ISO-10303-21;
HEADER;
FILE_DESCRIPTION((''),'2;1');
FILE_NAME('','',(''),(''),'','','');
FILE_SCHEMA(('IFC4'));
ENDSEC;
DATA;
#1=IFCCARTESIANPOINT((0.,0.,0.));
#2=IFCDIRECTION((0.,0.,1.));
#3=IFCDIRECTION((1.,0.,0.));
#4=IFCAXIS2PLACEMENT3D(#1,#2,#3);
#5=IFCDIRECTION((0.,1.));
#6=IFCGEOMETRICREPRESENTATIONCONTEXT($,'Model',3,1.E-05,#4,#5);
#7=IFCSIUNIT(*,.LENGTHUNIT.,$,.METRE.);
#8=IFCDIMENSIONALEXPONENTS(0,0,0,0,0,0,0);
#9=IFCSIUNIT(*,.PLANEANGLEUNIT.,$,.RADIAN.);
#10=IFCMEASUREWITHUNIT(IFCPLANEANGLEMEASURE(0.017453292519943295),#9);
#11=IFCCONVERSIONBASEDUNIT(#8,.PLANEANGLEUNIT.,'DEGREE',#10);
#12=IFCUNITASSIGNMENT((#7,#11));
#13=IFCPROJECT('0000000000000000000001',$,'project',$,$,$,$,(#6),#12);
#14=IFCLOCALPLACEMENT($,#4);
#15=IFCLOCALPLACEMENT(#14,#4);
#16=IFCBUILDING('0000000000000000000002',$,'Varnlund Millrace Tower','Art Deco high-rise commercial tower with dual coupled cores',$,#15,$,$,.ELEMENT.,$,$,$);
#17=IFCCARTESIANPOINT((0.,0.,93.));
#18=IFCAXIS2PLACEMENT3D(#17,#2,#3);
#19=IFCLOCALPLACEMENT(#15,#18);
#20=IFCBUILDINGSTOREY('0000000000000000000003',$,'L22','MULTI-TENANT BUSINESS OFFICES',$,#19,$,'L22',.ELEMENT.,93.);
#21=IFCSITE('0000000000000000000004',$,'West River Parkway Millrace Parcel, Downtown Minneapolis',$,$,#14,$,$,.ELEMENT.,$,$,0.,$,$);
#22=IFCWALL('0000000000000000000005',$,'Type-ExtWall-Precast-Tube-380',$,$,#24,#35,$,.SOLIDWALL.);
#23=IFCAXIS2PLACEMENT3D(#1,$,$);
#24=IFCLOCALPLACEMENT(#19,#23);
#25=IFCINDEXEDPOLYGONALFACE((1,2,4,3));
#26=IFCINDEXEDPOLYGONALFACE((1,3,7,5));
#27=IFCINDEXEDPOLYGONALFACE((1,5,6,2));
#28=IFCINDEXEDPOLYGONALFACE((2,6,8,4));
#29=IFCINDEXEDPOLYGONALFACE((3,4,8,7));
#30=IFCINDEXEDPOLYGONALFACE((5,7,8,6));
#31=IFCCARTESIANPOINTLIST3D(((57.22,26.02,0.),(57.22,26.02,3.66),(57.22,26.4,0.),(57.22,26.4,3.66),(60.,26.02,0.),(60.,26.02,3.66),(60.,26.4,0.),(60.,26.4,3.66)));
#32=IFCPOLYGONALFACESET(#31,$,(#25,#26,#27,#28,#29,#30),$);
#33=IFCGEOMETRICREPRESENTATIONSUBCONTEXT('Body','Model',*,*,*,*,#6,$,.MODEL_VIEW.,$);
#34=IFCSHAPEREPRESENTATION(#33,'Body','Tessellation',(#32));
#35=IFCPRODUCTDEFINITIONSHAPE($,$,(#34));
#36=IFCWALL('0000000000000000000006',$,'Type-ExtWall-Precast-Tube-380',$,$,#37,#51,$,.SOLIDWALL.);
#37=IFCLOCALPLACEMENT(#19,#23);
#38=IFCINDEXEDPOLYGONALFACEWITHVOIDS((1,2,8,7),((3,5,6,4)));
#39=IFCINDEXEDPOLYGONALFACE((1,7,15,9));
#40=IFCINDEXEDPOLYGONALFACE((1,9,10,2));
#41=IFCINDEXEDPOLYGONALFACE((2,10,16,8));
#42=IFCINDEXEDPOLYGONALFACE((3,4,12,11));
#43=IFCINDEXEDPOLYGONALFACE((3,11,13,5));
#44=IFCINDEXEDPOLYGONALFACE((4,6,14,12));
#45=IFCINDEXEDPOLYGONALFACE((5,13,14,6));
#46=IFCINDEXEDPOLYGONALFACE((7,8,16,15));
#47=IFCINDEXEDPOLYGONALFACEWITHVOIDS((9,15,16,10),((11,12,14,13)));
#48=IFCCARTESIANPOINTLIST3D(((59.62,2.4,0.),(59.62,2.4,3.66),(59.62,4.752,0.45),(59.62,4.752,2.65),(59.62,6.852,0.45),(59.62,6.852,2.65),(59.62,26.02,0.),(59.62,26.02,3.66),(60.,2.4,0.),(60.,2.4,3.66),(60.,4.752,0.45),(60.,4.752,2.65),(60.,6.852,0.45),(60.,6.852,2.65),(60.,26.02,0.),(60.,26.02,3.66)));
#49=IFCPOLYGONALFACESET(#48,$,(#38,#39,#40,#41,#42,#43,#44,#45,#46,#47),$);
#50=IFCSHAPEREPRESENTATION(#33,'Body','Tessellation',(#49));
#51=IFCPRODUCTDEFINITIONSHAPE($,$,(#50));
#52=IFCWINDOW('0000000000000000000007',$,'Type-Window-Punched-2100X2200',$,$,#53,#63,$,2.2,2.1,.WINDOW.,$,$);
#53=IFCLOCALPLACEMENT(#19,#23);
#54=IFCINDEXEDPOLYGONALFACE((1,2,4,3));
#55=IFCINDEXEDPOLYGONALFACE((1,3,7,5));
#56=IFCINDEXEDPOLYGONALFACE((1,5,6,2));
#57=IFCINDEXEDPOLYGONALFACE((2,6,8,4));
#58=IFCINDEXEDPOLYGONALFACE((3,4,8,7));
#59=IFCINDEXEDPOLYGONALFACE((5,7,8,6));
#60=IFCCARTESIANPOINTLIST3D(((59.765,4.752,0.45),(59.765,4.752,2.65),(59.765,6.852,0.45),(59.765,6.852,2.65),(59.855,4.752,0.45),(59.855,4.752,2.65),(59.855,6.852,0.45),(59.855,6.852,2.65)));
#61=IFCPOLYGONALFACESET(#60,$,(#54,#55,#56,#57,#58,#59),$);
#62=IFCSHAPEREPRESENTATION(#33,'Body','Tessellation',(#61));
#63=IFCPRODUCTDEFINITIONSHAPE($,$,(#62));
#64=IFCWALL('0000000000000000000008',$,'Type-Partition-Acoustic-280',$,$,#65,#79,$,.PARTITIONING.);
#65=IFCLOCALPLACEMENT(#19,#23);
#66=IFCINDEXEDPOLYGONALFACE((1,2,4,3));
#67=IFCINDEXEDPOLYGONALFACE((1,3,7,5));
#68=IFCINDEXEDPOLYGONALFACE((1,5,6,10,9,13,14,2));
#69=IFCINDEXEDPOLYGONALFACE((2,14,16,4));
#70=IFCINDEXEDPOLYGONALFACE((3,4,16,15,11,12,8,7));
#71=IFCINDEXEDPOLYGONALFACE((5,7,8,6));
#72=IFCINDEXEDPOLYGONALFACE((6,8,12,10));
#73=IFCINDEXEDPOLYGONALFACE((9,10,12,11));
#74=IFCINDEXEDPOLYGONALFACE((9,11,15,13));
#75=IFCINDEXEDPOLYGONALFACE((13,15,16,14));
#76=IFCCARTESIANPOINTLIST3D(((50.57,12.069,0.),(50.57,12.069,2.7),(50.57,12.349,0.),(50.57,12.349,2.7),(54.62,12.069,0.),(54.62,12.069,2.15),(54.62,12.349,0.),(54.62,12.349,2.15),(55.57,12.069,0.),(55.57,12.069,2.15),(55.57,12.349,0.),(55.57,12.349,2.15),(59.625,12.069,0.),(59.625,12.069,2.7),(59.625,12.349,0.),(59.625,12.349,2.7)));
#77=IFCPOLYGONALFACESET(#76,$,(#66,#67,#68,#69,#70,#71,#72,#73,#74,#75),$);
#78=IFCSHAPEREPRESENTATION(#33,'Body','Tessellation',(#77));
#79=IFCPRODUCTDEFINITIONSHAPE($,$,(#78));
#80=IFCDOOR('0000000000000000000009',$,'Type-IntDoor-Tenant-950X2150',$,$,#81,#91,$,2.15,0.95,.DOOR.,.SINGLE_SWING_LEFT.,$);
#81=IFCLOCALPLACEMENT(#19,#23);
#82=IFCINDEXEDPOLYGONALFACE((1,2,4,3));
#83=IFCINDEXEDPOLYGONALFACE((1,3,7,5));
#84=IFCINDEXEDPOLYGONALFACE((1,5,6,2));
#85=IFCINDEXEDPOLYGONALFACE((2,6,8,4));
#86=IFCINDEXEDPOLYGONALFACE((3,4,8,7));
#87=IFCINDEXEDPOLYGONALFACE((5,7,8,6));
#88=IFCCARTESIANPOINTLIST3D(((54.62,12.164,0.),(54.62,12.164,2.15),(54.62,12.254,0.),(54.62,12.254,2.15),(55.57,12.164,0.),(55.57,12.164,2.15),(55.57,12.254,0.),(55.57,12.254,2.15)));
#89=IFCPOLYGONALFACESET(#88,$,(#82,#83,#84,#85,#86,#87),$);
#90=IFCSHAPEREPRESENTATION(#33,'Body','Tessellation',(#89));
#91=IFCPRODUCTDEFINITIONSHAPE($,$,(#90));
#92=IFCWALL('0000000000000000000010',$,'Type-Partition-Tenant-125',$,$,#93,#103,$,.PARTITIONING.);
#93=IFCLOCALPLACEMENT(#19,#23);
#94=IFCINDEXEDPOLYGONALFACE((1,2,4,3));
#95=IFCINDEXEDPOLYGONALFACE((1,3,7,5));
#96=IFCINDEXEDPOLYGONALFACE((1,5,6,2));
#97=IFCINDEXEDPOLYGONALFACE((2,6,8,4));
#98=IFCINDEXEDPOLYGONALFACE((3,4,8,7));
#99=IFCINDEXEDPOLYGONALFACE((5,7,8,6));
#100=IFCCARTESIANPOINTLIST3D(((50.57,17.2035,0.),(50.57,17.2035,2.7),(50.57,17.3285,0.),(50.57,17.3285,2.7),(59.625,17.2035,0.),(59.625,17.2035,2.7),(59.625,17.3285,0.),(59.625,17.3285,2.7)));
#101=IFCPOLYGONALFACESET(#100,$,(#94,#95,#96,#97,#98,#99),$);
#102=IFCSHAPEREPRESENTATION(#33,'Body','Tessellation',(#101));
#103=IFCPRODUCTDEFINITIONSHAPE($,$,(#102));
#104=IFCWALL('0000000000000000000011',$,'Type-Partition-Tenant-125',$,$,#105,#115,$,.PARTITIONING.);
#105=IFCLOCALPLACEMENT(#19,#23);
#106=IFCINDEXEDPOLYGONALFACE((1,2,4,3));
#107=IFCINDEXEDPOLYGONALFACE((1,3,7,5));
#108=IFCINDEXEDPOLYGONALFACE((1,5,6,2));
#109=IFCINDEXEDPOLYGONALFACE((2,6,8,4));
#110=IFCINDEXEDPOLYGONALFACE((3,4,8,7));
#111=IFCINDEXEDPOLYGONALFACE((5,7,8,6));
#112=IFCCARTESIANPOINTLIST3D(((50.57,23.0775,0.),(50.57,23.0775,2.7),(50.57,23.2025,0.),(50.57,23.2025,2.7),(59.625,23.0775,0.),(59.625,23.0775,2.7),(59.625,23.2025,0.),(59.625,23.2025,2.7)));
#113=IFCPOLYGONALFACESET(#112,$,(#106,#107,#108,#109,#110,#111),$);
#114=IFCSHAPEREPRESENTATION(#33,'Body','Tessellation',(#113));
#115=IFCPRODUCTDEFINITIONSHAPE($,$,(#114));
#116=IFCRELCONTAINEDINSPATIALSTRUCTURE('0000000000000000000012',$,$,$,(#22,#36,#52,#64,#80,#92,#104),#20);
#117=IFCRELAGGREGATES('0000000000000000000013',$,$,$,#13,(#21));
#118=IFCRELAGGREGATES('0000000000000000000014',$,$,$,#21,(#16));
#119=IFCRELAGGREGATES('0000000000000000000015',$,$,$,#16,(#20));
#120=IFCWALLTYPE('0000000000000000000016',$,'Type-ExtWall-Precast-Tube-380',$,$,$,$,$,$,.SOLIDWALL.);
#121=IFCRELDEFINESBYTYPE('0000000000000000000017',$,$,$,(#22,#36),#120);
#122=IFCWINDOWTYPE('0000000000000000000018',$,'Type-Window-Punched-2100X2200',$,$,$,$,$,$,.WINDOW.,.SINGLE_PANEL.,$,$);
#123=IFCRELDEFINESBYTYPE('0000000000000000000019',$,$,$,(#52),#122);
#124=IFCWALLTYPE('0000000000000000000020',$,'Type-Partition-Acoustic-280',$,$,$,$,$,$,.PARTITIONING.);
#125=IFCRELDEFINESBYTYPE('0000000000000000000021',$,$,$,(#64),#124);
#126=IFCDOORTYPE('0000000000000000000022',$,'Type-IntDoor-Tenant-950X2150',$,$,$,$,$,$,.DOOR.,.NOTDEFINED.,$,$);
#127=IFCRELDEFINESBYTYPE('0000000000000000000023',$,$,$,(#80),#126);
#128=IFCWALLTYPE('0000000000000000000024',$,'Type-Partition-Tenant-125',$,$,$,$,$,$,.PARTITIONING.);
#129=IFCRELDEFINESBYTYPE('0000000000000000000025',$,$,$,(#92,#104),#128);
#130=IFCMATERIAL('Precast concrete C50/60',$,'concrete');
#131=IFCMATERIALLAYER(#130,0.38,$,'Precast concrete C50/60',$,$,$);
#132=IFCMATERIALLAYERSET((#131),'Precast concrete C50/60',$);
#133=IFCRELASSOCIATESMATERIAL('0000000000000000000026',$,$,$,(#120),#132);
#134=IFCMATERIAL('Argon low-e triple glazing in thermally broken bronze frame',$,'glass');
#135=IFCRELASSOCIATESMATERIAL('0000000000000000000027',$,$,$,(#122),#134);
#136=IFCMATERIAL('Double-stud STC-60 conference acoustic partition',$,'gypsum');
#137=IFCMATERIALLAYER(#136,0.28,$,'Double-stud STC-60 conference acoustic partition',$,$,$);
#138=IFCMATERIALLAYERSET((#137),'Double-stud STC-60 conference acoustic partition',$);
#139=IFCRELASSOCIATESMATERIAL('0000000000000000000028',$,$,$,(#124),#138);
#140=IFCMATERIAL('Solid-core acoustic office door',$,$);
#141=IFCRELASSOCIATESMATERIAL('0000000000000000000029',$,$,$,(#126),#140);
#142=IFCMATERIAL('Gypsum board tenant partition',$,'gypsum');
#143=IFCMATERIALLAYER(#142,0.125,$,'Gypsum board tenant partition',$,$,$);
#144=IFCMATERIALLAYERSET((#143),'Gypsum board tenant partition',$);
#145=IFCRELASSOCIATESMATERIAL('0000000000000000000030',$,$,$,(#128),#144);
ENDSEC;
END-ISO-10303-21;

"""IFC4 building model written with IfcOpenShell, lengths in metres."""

from ifc_helpers import new_model, entity, si_unit, converted_unit, direction, frame, origin_with_axes, origin_2d_with_axis, place, context, subcontext, project, spatial, polyline, rectangle, outline, extrude, material, layer, layer_set, type_object, element, fill, save


model = new_model("IFC4")

# Units and contexts
model_context = context("Model", 3, precision=1e-05, world=origin_with_axes(), true_north=direction((0.0, 1.0)))
body_context = subcontext(model_context, "Body", "Model", "MODEL_VIEW")
ifc_project = project(units=[si_unit("LENGTHUNIT", "METRE"), converted_unit("PLANEANGLEUNIT", "DEGREE", entity("IfcPlaneAngleMeasure", 0.017453292519943295), si_unit("PLANEANGLEUNIT", "RADIAN"), dimensions=[0, 0, 0, 0, 0, 0, 0])], contexts=[model_context])

# Site, building, storey
site_placement = place(None, origin_with_axes())
site = spatial("IfcSite", under=ifc_project, at=site_placement, Name="West River Parkway Millrace Parcel, Downtown Minneapolis", CompositionType="ELEMENT", RefElevation=0.0)
building_placement = place(site_placement, origin_with_axes())
building = spatial("IfcBuilding", under=site, at=building_placement, Name="Varnlund Millrace Tower", Description="Art Deco high-rise commercial tower with dual coupled cores", CompositionType="ELEMENT")
storey_placement = place(building_placement, frame((0.0, 0.0, 93.0), z_axis=(0.0, 0.0, 1.0), x_axis=(1.0, 0.0, 0.0)))
storey = spatial("IfcBuildingStorey", under=building, at=storey_placement, Name="L22", Description="MULTI-TENANT BUSINESS OFFICES", LongName="L22", CompositionType="ELEMENT", Elevation=93.0)

# Wall
ifc_material_1 = material(Name="Precast concrete C50/60", Category="concrete")
ifc_layer_1 = layer(ifc_material_1, 0.38, Name="Precast concrete C50/60")
ifc_layer_set_1 = layer_set([ifc_layer_1], Name="Precast concrete C50/60")
wall_type_1 = type_object("IfcWallType", Name="Type-ExtWall-Precast-Tube-380", PredefinedType="SOLIDWALL", material=ifc_layer_set_1)
wall_1_placement = place(storey_placement, frame((57.22, 26.21, 0.0), z_axis=(0.0, 0.0, 1.0), x_axis=(1.0, 0.0, 0.0)))
element("IfcWall", 1, at=wall_1_placement, inside=storey, type_object=wall_type_1, Name="Type-ExtWall-Precast-Tube-380", PredefinedType="SOLIDWALL", context=body_context, shape_type="SweptSolid", body=[
    extrude(outline(polyline([(0.0, -0.19), (2.78, -0.19), (2.78, 0.19), (0.0, 0.19), (0.0, -0.19)])), origin_with_axes(), (0.0, 0.0, 1.0), 3.66),
])

# Wall, opening, window
wall_2_placement = place(storey_placement, frame((59.81, 26.02, 0.0), z_axis=(0.0, 0.0, 1.0), x_axis=(0.0, -1.0, 0.0)))
wall_2 = element("IfcWall", 2, at=wall_2_placement, inside=storey, type_object=wall_type_1, Name="Type-ExtWall-Precast-Tube-380", PredefinedType="SOLIDWALL", context=body_context, shape_type="SweptSolid", body=[
    extrude(outline(polyline([(0.0, -0.19), (23.62, -0.19), (23.62, 0.19), (0.0, 0.19), (0.0, -0.19)])), origin_with_axes(), (0.0, 0.0, 1.0), 3.66),
])
opening_1_placement = place(wall_2_placement, frame((20.218, 0.0, 0.45), z_axis=(0.0, 0.0, 1.0), x_axis=(1.0, 0.0, 0.0)))
opening_1 = element("IfcOpeningElement", 3, at=opening_1_placement, cuts=wall_2, PredefinedType="OPENING", context=body_context, shape_type="SweptSolid", body=[
    extrude(rectangle(XDim=2.1, YDim=0.4, at=origin_2d_with_axis()), origin_with_axes(), (0.0, 0.0, 1.0), 2.2),
])
ifc_material_2 = material(Name="Argon low-e triple glazing in thermally broken bronze frame", Category="glass")
window_type = type_object("IfcWindowType", Name="Type-Window-Punched-2100X2200", PartitioningType="SINGLE_PANEL", PredefinedType="WINDOW", material=ifc_material_2)
window_placement = place(wall_2_placement, frame((20.218, 0.0, 0.45), z_axis=(0.0, 0.0, 1.0), x_axis=(1.0, 0.0, 0.0)))
window = element("IfcWindow", 4, at=window_placement, inside=storey, type_object=window_type, Name="Type-Window-Punched-2100X2200", OverallHeight=2.2, OverallWidth=2.1, PredefinedType="WINDOW", context=body_context, shape_type="SweptSolid", body=[
    extrude(rectangle(XDim=2.1, YDim=0.09, at=origin_2d_with_axis()), origin_with_axes(), (0.0, 0.0, 1.0), 2.2),
])
fill(opening_1, window)

# Wall, opening, door
ifc_material_3 = material(Name="Double-stud STC-60 conference acoustic partition", Category="gypsum")
ifc_layer_2 = layer(ifc_material_3, 0.28, Name="Double-stud STC-60 conference acoustic partition")
ifc_layer_set_2 = layer_set([ifc_layer_2], Name="Double-stud STC-60 conference acoustic partition")
wall_type_2 = type_object("IfcWallType", Name="Type-Partition-Acoustic-280", PredefinedType="PARTITIONING", material=ifc_layer_set_2)
wall_3_placement = place(storey_placement, frame((50.57, 12.209, 0.0), z_axis=(0.0, 0.0, 1.0), x_axis=(1.0, 0.0, 0.0)))
wall_3 = element("IfcWall", 5, at=wall_3_placement, inside=storey, type_object=wall_type_2, Name="Type-Partition-Acoustic-280", PredefinedType="PARTITIONING", context=body_context, shape_type="SweptSolid", body=[
    extrude(outline(polyline([(0.0, -0.14), (9.055, -0.14), (9.055, 0.14), (0.0, 0.14), (0.0, -0.14)])), origin_with_axes(), (0.0, 0.0, 1.0), 2.7),
])
opening_2_placement = place(wall_3_placement, frame((4.525, 0.0, 0.0), z_axis=(0.0, 0.0, 1.0), x_axis=(1.0, 0.0, 0.0)))
opening_2 = element("IfcOpeningElement", 6, at=opening_2_placement, cuts=wall_3, PredefinedType="OPENING", context=body_context, shape_type="SweptSolid", body=[
    extrude(rectangle(XDim=0.95, YDim=0.3, at=origin_2d_with_axis()), origin_with_axes(), (0.0, 0.0, 1.0), 2.15),
])
ifc_material_4 = material(Name="Solid-core acoustic office door")
door_type = type_object("IfcDoorType", Name="Type-IntDoor-Tenant-950X2150", OperationType="NOTDEFINED", PredefinedType="DOOR", material=ifc_material_4)
door_placement = place(wall_3_placement, frame((4.525, 0.0, 0.0), z_axis=(0.0, 0.0, 1.0), x_axis=(1.0, 0.0, 0.0)))
door = element("IfcDoor", 7, at=door_placement, inside=storey, type_object=door_type, Name="Type-IntDoor-Tenant-950X2150", OperationType="SINGLE_SWING_LEFT", OverallHeight=2.15, OverallWidth=0.95, PredefinedType="DOOR", context=body_context, shape_type="SweptSolid", body=[
    extrude(rectangle(XDim=0.95, YDim=0.09, at=origin_2d_with_axis()), origin_with_axes(), (0.0, 0.0, 1.0), 2.15),
])
fill(opening_2, door)

# Walls
ifc_material_5 = material(Name="Gypsum board tenant partition", Category="gypsum")
ifc_layer_3 = layer(ifc_material_5, 0.125, Name="Gypsum board tenant partition")
ifc_layer_set_3 = layer_set([ifc_layer_3], Name="Gypsum board tenant partition")
wall_type_3 = type_object("IfcWallType", Name="Type-Partition-Tenant-125", PredefinedType="PARTITIONING", material=ifc_layer_set_3)
for number, where, z_axis, x_axis, name in (
    (8, (50.57, 17.266, 0.0), (0.0, 0.0, 1.0), (1.0, 0.0, 0.0), "Type-Partition-Tenant-125"),
    (9, (50.57, 23.14, 0.0), (0.0, 0.0, 1.0), (1.0, 0.0, 0.0), "Type-Partition-Tenant-125"),
):
    element("IfcWall", number, at=place(storey_placement, frame(where, z_axis=z_axis, x_axis=x_axis)), inside=storey, type_object=wall_type_3, Name=name, PredefinedType="PARTITIONING", context=body_context, shape_type="SweptSolid", body=[
        extrude(outline(polyline([(0.0, -0.0625), (9.055, -0.0625), (9.055, 0.0625), (0.0, 0.0625), (0.0, -0.0625)])), origin_with_axes(), (0.0, 0.0, 1.0), 2.7),
    ])

save(model, "model.ifc")
